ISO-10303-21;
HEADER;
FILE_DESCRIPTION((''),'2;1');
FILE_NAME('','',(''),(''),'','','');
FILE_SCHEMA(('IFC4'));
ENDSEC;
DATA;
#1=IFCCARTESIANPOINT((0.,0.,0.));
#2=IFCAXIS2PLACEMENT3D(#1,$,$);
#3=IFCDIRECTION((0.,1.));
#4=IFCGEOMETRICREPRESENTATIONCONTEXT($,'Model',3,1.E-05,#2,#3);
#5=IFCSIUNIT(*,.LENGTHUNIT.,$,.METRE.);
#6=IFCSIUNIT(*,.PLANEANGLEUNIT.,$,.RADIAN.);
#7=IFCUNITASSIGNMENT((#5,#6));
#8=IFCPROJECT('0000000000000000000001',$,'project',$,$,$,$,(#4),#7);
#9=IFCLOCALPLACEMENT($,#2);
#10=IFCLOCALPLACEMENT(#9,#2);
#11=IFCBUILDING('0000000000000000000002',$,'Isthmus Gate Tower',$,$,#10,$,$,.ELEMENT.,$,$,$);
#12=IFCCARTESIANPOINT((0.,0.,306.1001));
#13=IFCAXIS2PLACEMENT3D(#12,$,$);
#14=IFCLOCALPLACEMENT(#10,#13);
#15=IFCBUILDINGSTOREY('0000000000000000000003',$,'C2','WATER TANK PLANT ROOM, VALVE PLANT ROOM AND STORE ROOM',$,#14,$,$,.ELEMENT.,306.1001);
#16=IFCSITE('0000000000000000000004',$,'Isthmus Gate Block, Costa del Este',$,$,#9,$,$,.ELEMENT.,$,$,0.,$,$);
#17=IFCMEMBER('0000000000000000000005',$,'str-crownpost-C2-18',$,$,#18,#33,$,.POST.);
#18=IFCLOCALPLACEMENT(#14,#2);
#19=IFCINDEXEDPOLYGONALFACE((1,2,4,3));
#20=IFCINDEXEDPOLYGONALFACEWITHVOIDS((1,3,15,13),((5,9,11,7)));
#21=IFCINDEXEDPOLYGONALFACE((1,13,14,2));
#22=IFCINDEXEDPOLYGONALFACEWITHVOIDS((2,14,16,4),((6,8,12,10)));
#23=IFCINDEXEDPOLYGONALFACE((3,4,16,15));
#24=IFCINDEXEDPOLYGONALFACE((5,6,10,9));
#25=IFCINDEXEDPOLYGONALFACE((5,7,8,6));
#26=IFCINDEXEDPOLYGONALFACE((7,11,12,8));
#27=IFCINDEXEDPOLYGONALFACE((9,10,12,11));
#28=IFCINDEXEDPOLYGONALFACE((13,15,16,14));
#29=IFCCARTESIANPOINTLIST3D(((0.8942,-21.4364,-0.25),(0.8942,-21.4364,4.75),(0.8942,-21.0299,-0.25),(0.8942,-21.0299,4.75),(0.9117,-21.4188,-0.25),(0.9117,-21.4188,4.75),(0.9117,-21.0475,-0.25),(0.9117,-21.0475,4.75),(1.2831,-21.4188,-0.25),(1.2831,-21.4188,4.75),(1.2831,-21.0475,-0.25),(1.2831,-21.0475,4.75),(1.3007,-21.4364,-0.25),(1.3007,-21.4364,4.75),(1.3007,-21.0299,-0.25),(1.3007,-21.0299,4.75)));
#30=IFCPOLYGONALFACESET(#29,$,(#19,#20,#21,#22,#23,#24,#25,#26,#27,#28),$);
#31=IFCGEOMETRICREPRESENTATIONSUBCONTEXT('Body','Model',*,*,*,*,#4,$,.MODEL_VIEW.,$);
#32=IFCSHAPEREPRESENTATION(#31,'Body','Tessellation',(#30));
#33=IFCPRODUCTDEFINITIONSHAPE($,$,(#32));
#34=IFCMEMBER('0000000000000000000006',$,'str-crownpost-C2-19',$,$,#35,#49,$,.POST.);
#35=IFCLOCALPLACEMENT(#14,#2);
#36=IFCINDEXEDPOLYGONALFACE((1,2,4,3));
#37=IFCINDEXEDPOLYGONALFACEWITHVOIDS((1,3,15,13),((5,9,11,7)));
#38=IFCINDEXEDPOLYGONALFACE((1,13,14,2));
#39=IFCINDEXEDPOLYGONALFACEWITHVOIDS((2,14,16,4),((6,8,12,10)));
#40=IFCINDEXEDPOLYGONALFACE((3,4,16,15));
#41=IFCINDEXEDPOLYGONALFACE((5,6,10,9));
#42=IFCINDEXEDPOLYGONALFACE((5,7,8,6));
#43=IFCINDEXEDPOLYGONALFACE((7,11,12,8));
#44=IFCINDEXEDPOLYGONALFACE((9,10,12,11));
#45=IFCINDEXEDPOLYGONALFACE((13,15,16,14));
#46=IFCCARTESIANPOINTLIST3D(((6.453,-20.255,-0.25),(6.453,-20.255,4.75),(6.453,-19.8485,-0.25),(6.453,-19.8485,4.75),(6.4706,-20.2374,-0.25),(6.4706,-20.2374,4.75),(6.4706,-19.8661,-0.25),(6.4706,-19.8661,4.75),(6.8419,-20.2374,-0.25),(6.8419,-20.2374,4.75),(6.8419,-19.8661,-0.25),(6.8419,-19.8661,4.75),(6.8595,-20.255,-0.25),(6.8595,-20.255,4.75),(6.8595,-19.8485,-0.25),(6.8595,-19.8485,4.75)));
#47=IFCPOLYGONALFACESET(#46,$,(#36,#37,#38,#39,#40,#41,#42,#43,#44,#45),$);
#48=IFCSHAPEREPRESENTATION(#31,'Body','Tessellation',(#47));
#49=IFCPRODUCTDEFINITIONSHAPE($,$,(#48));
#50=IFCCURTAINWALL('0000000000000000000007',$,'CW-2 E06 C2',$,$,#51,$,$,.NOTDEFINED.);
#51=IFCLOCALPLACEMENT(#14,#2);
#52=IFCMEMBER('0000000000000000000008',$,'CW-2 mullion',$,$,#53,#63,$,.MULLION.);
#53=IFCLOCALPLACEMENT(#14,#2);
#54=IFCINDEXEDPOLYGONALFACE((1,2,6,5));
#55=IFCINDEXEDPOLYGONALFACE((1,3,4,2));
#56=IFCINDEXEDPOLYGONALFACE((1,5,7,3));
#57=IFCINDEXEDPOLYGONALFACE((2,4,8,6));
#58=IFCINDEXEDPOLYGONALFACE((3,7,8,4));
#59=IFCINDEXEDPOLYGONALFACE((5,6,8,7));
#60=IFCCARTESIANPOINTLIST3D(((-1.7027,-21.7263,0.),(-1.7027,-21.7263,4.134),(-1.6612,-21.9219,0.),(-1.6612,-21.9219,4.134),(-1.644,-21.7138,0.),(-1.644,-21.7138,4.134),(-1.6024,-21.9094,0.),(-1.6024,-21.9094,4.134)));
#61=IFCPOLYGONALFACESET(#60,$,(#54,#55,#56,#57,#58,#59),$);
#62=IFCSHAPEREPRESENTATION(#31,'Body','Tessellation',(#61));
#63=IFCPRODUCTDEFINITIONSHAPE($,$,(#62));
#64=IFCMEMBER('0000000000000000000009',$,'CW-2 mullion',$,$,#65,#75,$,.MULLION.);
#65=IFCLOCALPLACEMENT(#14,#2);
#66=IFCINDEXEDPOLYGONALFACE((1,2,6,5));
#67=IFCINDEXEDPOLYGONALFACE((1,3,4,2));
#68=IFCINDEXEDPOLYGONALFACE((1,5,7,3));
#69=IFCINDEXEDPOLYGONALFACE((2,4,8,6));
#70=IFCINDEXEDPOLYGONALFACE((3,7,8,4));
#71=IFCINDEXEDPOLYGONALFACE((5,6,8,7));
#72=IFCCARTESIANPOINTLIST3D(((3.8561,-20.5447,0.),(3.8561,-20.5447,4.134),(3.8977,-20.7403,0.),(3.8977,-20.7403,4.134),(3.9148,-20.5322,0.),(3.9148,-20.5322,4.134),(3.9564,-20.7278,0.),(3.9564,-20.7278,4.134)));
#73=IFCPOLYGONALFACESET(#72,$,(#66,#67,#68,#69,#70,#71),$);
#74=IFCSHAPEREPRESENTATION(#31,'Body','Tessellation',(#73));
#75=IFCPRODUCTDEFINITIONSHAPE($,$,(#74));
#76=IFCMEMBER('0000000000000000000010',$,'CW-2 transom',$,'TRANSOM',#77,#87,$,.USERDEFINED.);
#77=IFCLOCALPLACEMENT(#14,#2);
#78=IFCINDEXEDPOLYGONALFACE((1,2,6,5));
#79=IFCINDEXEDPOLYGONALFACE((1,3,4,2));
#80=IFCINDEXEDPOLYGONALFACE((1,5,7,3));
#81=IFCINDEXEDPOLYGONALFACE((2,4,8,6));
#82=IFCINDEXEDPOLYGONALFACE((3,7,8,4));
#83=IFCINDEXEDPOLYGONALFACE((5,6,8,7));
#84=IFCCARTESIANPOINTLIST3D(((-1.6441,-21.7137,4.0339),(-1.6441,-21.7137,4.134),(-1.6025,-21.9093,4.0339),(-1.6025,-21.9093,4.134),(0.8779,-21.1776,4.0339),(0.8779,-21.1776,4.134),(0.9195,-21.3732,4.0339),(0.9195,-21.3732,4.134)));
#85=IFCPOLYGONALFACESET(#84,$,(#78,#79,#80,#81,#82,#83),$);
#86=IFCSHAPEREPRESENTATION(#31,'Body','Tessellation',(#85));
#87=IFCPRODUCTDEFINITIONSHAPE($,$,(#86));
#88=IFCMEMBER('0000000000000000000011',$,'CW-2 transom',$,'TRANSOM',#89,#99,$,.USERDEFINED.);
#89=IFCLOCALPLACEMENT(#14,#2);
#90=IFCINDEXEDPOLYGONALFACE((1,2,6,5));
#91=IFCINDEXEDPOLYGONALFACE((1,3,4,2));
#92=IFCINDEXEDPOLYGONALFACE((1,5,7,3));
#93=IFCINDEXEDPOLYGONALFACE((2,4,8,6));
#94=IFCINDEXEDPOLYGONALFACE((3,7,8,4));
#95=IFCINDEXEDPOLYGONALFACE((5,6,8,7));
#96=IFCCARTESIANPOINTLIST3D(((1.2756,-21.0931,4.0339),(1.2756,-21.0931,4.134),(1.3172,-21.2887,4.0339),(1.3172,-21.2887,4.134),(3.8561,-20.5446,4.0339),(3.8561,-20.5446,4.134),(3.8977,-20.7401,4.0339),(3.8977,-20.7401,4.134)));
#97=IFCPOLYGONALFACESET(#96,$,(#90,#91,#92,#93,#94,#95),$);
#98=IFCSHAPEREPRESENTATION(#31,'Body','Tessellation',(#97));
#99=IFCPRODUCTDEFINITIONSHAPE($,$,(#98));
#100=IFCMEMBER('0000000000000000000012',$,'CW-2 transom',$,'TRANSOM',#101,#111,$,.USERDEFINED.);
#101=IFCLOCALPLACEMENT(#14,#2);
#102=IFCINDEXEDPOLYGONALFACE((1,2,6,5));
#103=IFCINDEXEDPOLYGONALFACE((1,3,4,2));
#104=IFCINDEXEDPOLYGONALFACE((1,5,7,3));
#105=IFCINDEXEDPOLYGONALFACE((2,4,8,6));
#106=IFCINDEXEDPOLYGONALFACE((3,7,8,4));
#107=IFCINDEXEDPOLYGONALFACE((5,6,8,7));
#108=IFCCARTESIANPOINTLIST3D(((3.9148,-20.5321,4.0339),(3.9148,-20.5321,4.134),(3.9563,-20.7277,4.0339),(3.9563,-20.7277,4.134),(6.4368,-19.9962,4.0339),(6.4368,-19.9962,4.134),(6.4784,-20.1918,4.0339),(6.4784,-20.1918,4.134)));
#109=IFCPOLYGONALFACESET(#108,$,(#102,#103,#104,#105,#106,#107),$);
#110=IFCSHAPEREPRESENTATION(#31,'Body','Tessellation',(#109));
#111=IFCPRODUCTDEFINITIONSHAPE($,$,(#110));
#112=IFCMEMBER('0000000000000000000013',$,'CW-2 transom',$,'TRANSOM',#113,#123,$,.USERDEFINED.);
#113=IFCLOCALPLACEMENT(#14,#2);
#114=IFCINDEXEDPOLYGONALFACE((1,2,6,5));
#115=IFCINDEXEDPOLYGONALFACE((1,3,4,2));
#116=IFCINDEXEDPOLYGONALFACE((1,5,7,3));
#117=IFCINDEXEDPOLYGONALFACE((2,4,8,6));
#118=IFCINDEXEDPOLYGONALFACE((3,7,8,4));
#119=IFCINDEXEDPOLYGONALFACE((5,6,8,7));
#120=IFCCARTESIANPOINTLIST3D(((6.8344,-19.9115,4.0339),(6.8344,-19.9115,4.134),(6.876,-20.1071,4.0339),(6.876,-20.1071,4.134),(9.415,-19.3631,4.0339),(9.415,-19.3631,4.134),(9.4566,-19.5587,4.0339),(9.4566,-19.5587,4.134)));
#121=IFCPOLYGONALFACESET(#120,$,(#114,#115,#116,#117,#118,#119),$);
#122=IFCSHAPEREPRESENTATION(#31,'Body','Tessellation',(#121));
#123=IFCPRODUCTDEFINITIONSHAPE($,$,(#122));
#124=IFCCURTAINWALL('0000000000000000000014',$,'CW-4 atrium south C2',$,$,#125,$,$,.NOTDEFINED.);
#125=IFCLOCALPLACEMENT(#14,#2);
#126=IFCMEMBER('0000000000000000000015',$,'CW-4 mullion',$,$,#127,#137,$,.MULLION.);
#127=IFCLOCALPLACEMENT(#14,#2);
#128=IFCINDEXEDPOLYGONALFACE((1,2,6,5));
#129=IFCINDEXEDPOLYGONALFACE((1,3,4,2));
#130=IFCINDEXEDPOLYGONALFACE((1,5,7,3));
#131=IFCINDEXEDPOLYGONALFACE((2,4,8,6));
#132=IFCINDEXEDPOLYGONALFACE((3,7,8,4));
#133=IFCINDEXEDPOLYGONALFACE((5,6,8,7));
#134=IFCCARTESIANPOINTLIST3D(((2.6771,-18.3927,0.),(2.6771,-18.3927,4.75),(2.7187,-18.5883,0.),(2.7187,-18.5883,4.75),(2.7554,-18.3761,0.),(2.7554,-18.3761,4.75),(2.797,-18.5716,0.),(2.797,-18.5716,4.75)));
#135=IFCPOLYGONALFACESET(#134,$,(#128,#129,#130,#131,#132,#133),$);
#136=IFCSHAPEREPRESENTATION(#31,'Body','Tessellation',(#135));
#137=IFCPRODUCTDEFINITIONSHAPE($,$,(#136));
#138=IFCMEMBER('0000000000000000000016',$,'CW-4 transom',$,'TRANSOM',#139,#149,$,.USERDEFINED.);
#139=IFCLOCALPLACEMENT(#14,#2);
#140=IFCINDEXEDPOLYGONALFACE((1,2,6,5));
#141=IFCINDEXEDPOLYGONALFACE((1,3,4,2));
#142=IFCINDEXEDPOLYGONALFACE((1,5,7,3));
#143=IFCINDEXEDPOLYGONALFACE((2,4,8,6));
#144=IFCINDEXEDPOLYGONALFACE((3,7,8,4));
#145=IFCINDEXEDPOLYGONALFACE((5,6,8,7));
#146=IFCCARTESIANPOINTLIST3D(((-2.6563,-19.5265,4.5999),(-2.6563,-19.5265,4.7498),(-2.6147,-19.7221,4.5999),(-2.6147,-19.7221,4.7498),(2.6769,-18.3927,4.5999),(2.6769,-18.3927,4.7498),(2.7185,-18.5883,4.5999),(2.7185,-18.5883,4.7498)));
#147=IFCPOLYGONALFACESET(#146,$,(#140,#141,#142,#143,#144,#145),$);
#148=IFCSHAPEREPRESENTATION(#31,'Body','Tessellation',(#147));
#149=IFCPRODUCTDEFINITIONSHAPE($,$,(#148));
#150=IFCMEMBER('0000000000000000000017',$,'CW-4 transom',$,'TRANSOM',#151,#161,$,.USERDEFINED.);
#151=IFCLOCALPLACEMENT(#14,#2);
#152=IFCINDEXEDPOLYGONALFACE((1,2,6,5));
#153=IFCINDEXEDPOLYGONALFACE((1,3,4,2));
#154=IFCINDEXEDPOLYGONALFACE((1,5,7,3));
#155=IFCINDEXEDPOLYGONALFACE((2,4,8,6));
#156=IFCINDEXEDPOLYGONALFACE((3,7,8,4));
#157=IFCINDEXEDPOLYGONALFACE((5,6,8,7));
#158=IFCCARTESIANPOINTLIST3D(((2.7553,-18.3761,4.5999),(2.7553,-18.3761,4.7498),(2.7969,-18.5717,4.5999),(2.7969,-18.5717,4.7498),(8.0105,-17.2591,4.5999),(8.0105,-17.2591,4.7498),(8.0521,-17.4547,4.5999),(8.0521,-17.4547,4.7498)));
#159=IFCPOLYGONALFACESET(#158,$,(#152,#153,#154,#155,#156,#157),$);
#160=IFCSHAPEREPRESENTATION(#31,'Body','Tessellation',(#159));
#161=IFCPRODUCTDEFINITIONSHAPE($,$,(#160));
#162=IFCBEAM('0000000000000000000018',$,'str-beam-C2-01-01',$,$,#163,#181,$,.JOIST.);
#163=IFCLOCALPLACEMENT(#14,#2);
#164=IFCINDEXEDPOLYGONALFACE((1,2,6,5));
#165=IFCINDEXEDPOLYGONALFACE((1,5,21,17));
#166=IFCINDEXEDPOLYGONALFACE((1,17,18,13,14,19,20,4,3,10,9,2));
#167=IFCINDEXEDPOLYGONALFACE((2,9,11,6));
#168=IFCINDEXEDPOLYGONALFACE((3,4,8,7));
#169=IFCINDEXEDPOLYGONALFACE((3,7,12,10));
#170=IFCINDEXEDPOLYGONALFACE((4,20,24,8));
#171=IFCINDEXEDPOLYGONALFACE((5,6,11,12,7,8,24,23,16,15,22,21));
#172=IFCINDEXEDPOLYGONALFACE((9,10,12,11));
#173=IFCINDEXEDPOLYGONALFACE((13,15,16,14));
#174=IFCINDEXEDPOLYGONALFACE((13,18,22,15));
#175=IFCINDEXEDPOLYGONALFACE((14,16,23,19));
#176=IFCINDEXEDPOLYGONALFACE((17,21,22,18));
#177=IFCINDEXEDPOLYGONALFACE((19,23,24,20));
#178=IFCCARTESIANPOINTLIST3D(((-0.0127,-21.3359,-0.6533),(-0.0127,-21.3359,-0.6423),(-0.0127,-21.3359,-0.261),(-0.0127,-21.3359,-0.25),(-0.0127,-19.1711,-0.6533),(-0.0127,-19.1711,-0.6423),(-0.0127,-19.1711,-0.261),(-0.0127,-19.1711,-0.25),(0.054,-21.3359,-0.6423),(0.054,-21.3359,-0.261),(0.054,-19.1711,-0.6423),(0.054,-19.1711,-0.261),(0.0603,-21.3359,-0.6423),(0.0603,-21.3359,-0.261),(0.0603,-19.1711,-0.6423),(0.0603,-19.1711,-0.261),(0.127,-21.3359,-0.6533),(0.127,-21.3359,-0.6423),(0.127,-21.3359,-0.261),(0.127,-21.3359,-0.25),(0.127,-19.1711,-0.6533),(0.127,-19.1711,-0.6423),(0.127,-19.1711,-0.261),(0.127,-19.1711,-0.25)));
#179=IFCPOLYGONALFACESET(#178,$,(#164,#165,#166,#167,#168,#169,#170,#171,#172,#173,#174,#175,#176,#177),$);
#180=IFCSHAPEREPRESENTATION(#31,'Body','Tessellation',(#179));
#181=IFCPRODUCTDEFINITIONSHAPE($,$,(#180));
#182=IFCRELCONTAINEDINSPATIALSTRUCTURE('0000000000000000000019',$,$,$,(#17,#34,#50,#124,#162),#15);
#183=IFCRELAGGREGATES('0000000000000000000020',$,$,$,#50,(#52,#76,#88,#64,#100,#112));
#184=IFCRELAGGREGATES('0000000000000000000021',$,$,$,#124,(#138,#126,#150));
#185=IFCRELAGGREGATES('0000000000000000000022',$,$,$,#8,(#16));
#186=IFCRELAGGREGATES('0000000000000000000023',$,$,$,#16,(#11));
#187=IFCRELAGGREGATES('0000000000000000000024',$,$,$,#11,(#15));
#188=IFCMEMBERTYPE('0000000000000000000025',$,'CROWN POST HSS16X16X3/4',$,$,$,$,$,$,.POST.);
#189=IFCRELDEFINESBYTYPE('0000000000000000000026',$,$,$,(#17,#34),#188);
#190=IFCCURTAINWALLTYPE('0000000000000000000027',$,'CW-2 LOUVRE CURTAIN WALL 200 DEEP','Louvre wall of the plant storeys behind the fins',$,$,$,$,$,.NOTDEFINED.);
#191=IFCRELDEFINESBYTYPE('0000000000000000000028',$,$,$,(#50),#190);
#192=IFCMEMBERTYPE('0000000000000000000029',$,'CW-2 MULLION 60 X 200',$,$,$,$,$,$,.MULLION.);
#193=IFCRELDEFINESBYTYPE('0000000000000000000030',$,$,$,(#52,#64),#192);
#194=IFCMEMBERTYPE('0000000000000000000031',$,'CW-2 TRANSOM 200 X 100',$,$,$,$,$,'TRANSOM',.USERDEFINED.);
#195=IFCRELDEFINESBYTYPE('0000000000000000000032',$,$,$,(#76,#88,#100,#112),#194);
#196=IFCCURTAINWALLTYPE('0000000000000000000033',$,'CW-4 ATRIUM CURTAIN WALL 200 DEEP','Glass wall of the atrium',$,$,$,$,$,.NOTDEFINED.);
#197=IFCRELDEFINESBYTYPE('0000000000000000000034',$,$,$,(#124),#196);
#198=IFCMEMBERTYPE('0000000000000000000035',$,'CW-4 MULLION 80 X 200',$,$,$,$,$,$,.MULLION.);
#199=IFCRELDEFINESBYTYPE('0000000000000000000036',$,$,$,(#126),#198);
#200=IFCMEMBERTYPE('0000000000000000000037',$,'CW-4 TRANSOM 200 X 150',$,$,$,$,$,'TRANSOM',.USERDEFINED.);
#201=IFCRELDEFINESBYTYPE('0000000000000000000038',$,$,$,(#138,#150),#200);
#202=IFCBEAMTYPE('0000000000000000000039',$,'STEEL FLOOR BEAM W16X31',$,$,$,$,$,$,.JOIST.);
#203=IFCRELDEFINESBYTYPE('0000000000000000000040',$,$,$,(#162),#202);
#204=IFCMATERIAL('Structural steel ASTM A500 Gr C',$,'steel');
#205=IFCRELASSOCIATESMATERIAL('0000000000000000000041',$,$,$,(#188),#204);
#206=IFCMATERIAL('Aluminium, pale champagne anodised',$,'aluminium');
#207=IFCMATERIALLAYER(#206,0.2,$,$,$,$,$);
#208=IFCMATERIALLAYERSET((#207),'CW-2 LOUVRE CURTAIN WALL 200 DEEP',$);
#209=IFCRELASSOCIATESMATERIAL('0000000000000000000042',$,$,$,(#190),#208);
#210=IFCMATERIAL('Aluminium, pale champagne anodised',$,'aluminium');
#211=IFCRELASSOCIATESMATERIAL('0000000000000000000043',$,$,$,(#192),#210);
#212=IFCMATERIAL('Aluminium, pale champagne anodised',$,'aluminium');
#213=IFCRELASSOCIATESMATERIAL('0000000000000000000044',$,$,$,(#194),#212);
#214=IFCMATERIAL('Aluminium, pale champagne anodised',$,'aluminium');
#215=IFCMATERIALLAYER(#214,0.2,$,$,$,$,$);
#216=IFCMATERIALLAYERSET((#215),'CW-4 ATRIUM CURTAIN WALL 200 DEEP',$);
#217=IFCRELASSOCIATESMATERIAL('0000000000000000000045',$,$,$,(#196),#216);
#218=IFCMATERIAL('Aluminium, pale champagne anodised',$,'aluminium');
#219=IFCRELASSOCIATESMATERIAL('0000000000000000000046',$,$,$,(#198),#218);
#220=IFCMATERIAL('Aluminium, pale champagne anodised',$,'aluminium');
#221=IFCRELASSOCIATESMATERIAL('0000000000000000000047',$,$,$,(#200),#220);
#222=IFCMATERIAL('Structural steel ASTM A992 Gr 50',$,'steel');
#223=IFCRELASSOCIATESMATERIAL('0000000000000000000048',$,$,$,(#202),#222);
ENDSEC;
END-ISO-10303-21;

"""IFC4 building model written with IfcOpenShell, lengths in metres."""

from ifc_helpers import new_model, si_unit, direction, frame, origin, origin_2d, place, context, subcontext, project, spatial, rectangle, hollow_rectangle, i_section, extrude, material, layer, layer_set, material_profile, profile_set, type_object, element, aggregate, save


model = new_model("IFC4")

# Units and contexts
model_context = context("Model", 3, precision=1e-05, world=origin(), true_north=direction((0.0, 1.0)))
body_context = subcontext(model_context, "Body", "Model", "MODEL_VIEW")
ifc_project = project(units=[si_unit("LENGTHUNIT", "METRE"), si_unit("PLANEANGLEUNIT", "RADIAN")], contexts=[model_context])

# Site, building, storey
site_placement = place(None, origin())
site = spatial("IfcSite", under=ifc_project, at=site_placement, Name="Isthmus Gate Block, Costa del Este", CompositionType="ELEMENT", RefElevation=0.0)
building_placement = place(site_placement, origin())
building = spatial("IfcBuilding", under=site, at=building_placement, Name="Isthmus Gate Tower", CompositionType="ELEMENT")
storey_placement = place(building_placement, frame((0.0, 0.0, 306.1001)))
storey = spatial("IfcBuildingStorey", under=building, at=storey_placement, Name="C2", Description="WATER TANK PLANT ROOM, VALVE PLANT ROOM AND STORE ROOM", CompositionType="ELEMENT", Elevation=306.1001)

# Members
ifc_material_1 = material(Name="Structural steel ASTM A500 Gr C", Category="steel")
ifc_material_profile_1 = material_profile(ifc_material_1, hollow_rectangle(XDim=0.4065, YDim=0.4065, WallThickness=0.0176, at=origin_2d()), Name="HSS16X16X3/4")
ifc_profile_set_1 = profile_set([ifc_material_profile_1], Name="Structural steel ASTM A500 Gr C")
member_type_1 = type_object("IfcMemberType", Name="CROWN POST HSS16X16X3/4", PredefinedType="POST", material=ifc_profile_set_1)
for number, where, z_axis, x_axis, name in (
    (1, (1.0974, -21.2332, -0.25), (0.0, 0.0, 1.0), (1.0, 0.0, 0.0), "str-crownpost-C2-18"),
    (2, (6.6562, -20.0518, -0.25), (0.0, 0.0, 1.0), (1.0, 0.0, 0.0), "str-crownpost-C2-19"),
):
    element("IfcMember", number, at=place(storey_placement, frame(where, z_axis=z_axis, x_axis=x_axis)), inside=storey, type_object=member_type_1, Name=name, PredefinedType="POST", context=body_context, shape_type="SweptSolid", body=[
        extrude(hollow_rectangle(XDim=0.4065, YDim=0.4065, WallThickness=0.0176, at=origin_2d()), origin(), (0.0, 0.0, 1.0), 5.0),
    ])

# Curtain walls, members
ifc_material_2 = material(Name="Aluminium, pale champagne anodised", Category="aluminium")
ifc_layer_1 = layer(ifc_material_2, 0.2)
ifc_layer_set_1 = layer_set([ifc_layer_1], Name="CW-2 LOUVRE CURTAIN WALL 200 DEEP")
curtain_wall_type_1 = type_object("IfcCurtainWallType", Name="CW-2 LOUVRE CURTAIN WALL 200 DEEP", Description="Louvre wall of the plant storeys behind the fins", PredefinedType="NOTDEFINED", material=ifc_layer_set_1)
curtain_wall_1_placement = place(storey_placement, origin())
curtain_wall_1 = element("IfcCurtainWall", 3, at=curtain_wall_1_placement, inside=storey, type_object=curtain_wall_type_1, Name="CW-2 E06 C2", PredefinedType="NOTDEFINED")
ifc_material_3 = material(Name="Aluminium, pale champagne anodised", Category="aluminium")
ifc_material_profile_2 = material_profile(ifc_material_3, rectangle(XDim=0.0601, YDim=0.2, at=origin_2d()), Name="60x200")
ifc_profile_set_2 = profile_set([ifc_material_profile_2], Name="Aluminium, pale champagne anodised")
member_type_2 = type_object("IfcMemberType", Name="CW-2 MULLION 60 X 200", PredefinedType="MULLION", material=ifc_profile_set_2)
member_1_placement = place(storey_placement, frame((-1.6526, -21.8179, 0.0), z_axis=(0.0, 0.0, 1.0), x_axis=(0.978148, 0.207912, 0.0)))
member_1 = element("IfcMember", 4, at=member_1_placement, type_object=member_type_2, Name="CW-2 mullion", PredefinedType="MULLION", context=body_context, shape_type="SweptSolid", body=[
    extrude(rectangle(XDim=0.0601, YDim=0.2, at=origin_2d()), origin(), (0.0, 0.0, 1.0), 4.134),
])
member_2_placement = place(storey_placement, frame((3.9062, -20.6362, 0.0), z_axis=(0.0, 0.0, 1.0), x_axis=(0.978148, 0.207912, 0.0)))
member_2 = element("IfcMember", 5, at=member_2_placement, type_object=member_type_2, Name="CW-2 mullion", PredefinedType="MULLION", context=body_context, shape_type="SweptSolid", body=[
    extrude(rectangle(XDim=0.0601, YDim=0.2, at=origin_2d()), origin(), (0.0, 0.0, 1.0), 4.134),
])
ifc_material_4 = material(Name="Aluminium, pale champagne anodised", Category="aluminium")
ifc_material_profile_3 = material_profile(ifc_material_4, rectangle(XDim=0.2, YDim=0.1001, at=origin_2d()), Name="200x100")
ifc_profile_set_3 = profile_set([ifc_material_profile_3], Name="Aluminium, pale champagne anodised")
member_type_3 = type_object("IfcMemberType", Name="CW-2 TRANSOM 200 X 100", ElementType="TRANSOM", PredefinedType="USERDEFINED", material=ifc_profile_set_3)
member_3_placement = place(storey_placement, frame((-1.6233, -21.8115, 4.084), z_axis=(0.978142, 0.207938, 0.0), x_axis=(-0.207938, 0.978142, 0.0)))
member_3 = element("IfcMember", 6, at=member_3_placement, type_object=member_type_3, Name="CW-2 transom", ObjectType="TRANSOM", PredefinedType="USERDEFINED", context=body_context, shape_type="SweptSolid", body=[
    extrude(rectangle(XDim=0.2, YDim=0.1001, at=origin_2d()), origin(), (0.0, 0.0, 1.0), 2.5784),
])
member_4_placement = place(storey_placement, frame((1.2964, -21.1909, 4.084), z_axis=(0.978142, 0.207936, 0.0), x_axis=(-0.207936, 0.978142, 0.0)))
member_4 = element("IfcMember", 7, at=member_4_placement, type_object=member_type_3, Name="CW-2 transom", ObjectType="TRANSOM", PredefinedType="USERDEFINED", context=body_context, shape_type="SweptSolid", body=[
    extrude(rectangle(XDim=0.2, YDim=0.1001, at=origin_2d()), origin(), (0.0, 0.0, 1.0), 2.6382),
])
member_5_placement = place(storey_placement, frame((3.9355, -20.6299, 4.084), z_axis=(0.978161, 0.207847, 0.0), x_axis=(-0.207847, 0.978161, 0.0)))
member_5 = element("IfcMember", 8, at=member_5_placement, type_object=member_type_3, Name="CW-2 transom", ObjectType="TRANSOM", PredefinedType="USERDEFINED", context=body_context, shape_type="SweptSolid", body=[
    extrude(rectangle(XDim=0.2, YDim=0.1001, at=origin_2d()), origin(), (0.0, 0.0, 1.0), 2.5784),
])
member_6_placement = place(storey_placement, frame((6.8552, -20.0093, 4.084), z_axis=(0.978161, 0.207848, 0.0), x_axis=(-0.207848, 0.978161, 0.0)))
member_6 = element("IfcMember", 9, at=member_6_placement, type_object=member_type_3, Name="CW-2 transom", ObjectType="TRANSOM", PredefinedType="USERDEFINED", context=body_context, shape_type="SweptSolid", body=[
    extrude(rectangle(XDim=0.2, YDim=0.1001, at=origin_2d()), origin(), (0.0, 0.0, 1.0), 2.6382),
])
ifc_material_5 = material(Name="Aluminium, pale champagne anodised", Category="aluminium")
ifc_layer_2 = layer(ifc_material_5, 0.2)
ifc_layer_set_2 = layer_set([ifc_layer_2], Name="CW-4 ATRIUM CURTAIN WALL 200 DEEP")
curtain_wall_type_2 = type_object("IfcCurtainWallType", Name="CW-4 ATRIUM CURTAIN WALL 200 DEEP", Description="Glass wall of the atrium", PredefinedType="NOTDEFINED", material=ifc_layer_set_2)
curtain_wall_2_placement = place(storey_placement, origin())
curtain_wall_2 = element("IfcCurtainWall", 10, at=curtain_wall_2_placement, inside=storey, type_object=curtain_wall_type_2, Name="CW-4 atrium south C2", PredefinedType="NOTDEFINED")
ifc_material_6 = material(Name="Aluminium, pale champagne anodised", Category="aluminium")
ifc_material_profile_4 = material_profile(ifc_material_6, rectangle(XDim=0.0801, YDim=0.2, at=origin_2d()), Name="80x200")
ifc_profile_set_4 = profile_set([ifc_material_profile_4], Name="Aluminium, pale champagne anodised")
member_type_4 = type_object("IfcMemberType", Name="CW-4 MULLION 80 X 200", PredefinedType="MULLION", material=ifc_profile_set_4)
member_7_placement = place(storey_placement, frame((2.7371, -18.4822, 0.0), z_axis=(0.0, 0.0, 1.0), x_axis=(0.978148, 0.207912, 0.0)))
member_7 = element("IfcMember", 11, at=member_7_placement, type_object=member_type_4, Name="CW-4 mullion", PredefinedType="MULLION", context=body_context, shape_type="SweptSolid", body=[
    extrude(rectangle(XDim=0.0801, YDim=0.2, at=origin_2d()), origin(), (0.0, 0.0, 1.0), 4.75),
])
ifc_material_7 = material(Name="Aluminium, pale champagne anodised", Category="aluminium")
ifc_material_profile_5 = material_profile(ifc_material_7, rectangle(XDim=0.2, YDim=0.1499, at=origin_2d()), Name="200x150")
ifc_profile_set_5 = profile_set([ifc_material_profile_5], Name="Aluminium, pale champagne anodised")
member_type_5 = type_object("IfcMemberType", Name="CW-4 TRANSOM 200 X 150", ElementType="TRANSOM", PredefinedType="USERDEFINED", material=ifc_profile_set_5)
member_8_placement = place(storey_placement, frame((-2.6355, -19.6243, 4.6748), z_axis=(0.978141, 0.207942, 0.0), x_axis=(-0.207942, 0.978141, 0.0)))
member_8 = element("IfcMember", 12, at=member_8_placement, type_object=member_type_5, Name="CW-4 transom", ObjectType="TRANSOM", PredefinedType="USERDEFINED", context=body_context, shape_type="SweptSolid", body=[
    extrude(rectangle(XDim=0.2, YDim=0.1499, at=origin_2d()), origin(), (0.0, 0.0, 1.0), 5.4524),
])
member_9_placement = place(storey_placement, frame((2.7761, -18.4739, 4.6748), z_axis=(0.97815, 0.2079, 0.0), x_axis=(-0.2079, 0.97815, 0.0)))
member_9 = element("IfcMember", 13, at=member_9_placement, type_object=member_type_5, Name="CW-4 transom", ObjectType="TRANSOM", PredefinedType="USERDEFINED", context=body_context, shape_type="SweptSolid", body=[
    extrude(rectangle(XDim=0.2, YDim=0.1499, at=origin_2d()), origin(), (0.0, 0.0, 1.0), 5.3726),
])

# Beam
ifc_material_8 = material(Name="Structural steel ASTM A992 Gr 50", Category="steel")
ifc_material_profile_6 = material_profile(ifc_material_8, i_section(OverallWidth=0.1396, OverallDepth=0.4033, WebThickness=0.0063, FlangeThickness=0.011, at=origin_2d()), Name="W16X31")
ifc_profile_set_6 = profile_set([ifc_material_profile_6], Name="Structural steel ASTM A992 Gr 50")
beam_type_1 = type_object("IfcBeamType", Name="STEEL FLOOR BEAM W16X31", PredefinedType="JOIST", material=ifc_profile_set_6)
for number, where, z_axis, x_axis, name in (
    (14, (0.0571, -21.3359, -0.4517), (0.0, 1.0, 0.0), (-1.0, 0.0, 0.0), "str-beam-C2-01-01"),
):
    element("IfcBeam", number, at=place(storey_placement, frame(where, z_axis=z_axis, x_axis=x_axis)), inside=storey, type_object=beam_type_1, Name=name, PredefinedType="JOIST", context=body_context, shape_type="SweptSolid", body=[
        extrude(i_section(OverallWidth=0.1396, OverallDepth=0.4033, WebThickness=0.0063, FlangeThickness=0.011, at=origin_2d()), origin(), (0.0, 0.0, 1.0), 2.1648),
    ])

aggregate(curtain_wall_1, [member_1, member_3, member_4, member_2, member_5, member_6])
aggregate(curtain_wall_2, [member_8, member_7, member_9])

save(model, "model.ifc")
